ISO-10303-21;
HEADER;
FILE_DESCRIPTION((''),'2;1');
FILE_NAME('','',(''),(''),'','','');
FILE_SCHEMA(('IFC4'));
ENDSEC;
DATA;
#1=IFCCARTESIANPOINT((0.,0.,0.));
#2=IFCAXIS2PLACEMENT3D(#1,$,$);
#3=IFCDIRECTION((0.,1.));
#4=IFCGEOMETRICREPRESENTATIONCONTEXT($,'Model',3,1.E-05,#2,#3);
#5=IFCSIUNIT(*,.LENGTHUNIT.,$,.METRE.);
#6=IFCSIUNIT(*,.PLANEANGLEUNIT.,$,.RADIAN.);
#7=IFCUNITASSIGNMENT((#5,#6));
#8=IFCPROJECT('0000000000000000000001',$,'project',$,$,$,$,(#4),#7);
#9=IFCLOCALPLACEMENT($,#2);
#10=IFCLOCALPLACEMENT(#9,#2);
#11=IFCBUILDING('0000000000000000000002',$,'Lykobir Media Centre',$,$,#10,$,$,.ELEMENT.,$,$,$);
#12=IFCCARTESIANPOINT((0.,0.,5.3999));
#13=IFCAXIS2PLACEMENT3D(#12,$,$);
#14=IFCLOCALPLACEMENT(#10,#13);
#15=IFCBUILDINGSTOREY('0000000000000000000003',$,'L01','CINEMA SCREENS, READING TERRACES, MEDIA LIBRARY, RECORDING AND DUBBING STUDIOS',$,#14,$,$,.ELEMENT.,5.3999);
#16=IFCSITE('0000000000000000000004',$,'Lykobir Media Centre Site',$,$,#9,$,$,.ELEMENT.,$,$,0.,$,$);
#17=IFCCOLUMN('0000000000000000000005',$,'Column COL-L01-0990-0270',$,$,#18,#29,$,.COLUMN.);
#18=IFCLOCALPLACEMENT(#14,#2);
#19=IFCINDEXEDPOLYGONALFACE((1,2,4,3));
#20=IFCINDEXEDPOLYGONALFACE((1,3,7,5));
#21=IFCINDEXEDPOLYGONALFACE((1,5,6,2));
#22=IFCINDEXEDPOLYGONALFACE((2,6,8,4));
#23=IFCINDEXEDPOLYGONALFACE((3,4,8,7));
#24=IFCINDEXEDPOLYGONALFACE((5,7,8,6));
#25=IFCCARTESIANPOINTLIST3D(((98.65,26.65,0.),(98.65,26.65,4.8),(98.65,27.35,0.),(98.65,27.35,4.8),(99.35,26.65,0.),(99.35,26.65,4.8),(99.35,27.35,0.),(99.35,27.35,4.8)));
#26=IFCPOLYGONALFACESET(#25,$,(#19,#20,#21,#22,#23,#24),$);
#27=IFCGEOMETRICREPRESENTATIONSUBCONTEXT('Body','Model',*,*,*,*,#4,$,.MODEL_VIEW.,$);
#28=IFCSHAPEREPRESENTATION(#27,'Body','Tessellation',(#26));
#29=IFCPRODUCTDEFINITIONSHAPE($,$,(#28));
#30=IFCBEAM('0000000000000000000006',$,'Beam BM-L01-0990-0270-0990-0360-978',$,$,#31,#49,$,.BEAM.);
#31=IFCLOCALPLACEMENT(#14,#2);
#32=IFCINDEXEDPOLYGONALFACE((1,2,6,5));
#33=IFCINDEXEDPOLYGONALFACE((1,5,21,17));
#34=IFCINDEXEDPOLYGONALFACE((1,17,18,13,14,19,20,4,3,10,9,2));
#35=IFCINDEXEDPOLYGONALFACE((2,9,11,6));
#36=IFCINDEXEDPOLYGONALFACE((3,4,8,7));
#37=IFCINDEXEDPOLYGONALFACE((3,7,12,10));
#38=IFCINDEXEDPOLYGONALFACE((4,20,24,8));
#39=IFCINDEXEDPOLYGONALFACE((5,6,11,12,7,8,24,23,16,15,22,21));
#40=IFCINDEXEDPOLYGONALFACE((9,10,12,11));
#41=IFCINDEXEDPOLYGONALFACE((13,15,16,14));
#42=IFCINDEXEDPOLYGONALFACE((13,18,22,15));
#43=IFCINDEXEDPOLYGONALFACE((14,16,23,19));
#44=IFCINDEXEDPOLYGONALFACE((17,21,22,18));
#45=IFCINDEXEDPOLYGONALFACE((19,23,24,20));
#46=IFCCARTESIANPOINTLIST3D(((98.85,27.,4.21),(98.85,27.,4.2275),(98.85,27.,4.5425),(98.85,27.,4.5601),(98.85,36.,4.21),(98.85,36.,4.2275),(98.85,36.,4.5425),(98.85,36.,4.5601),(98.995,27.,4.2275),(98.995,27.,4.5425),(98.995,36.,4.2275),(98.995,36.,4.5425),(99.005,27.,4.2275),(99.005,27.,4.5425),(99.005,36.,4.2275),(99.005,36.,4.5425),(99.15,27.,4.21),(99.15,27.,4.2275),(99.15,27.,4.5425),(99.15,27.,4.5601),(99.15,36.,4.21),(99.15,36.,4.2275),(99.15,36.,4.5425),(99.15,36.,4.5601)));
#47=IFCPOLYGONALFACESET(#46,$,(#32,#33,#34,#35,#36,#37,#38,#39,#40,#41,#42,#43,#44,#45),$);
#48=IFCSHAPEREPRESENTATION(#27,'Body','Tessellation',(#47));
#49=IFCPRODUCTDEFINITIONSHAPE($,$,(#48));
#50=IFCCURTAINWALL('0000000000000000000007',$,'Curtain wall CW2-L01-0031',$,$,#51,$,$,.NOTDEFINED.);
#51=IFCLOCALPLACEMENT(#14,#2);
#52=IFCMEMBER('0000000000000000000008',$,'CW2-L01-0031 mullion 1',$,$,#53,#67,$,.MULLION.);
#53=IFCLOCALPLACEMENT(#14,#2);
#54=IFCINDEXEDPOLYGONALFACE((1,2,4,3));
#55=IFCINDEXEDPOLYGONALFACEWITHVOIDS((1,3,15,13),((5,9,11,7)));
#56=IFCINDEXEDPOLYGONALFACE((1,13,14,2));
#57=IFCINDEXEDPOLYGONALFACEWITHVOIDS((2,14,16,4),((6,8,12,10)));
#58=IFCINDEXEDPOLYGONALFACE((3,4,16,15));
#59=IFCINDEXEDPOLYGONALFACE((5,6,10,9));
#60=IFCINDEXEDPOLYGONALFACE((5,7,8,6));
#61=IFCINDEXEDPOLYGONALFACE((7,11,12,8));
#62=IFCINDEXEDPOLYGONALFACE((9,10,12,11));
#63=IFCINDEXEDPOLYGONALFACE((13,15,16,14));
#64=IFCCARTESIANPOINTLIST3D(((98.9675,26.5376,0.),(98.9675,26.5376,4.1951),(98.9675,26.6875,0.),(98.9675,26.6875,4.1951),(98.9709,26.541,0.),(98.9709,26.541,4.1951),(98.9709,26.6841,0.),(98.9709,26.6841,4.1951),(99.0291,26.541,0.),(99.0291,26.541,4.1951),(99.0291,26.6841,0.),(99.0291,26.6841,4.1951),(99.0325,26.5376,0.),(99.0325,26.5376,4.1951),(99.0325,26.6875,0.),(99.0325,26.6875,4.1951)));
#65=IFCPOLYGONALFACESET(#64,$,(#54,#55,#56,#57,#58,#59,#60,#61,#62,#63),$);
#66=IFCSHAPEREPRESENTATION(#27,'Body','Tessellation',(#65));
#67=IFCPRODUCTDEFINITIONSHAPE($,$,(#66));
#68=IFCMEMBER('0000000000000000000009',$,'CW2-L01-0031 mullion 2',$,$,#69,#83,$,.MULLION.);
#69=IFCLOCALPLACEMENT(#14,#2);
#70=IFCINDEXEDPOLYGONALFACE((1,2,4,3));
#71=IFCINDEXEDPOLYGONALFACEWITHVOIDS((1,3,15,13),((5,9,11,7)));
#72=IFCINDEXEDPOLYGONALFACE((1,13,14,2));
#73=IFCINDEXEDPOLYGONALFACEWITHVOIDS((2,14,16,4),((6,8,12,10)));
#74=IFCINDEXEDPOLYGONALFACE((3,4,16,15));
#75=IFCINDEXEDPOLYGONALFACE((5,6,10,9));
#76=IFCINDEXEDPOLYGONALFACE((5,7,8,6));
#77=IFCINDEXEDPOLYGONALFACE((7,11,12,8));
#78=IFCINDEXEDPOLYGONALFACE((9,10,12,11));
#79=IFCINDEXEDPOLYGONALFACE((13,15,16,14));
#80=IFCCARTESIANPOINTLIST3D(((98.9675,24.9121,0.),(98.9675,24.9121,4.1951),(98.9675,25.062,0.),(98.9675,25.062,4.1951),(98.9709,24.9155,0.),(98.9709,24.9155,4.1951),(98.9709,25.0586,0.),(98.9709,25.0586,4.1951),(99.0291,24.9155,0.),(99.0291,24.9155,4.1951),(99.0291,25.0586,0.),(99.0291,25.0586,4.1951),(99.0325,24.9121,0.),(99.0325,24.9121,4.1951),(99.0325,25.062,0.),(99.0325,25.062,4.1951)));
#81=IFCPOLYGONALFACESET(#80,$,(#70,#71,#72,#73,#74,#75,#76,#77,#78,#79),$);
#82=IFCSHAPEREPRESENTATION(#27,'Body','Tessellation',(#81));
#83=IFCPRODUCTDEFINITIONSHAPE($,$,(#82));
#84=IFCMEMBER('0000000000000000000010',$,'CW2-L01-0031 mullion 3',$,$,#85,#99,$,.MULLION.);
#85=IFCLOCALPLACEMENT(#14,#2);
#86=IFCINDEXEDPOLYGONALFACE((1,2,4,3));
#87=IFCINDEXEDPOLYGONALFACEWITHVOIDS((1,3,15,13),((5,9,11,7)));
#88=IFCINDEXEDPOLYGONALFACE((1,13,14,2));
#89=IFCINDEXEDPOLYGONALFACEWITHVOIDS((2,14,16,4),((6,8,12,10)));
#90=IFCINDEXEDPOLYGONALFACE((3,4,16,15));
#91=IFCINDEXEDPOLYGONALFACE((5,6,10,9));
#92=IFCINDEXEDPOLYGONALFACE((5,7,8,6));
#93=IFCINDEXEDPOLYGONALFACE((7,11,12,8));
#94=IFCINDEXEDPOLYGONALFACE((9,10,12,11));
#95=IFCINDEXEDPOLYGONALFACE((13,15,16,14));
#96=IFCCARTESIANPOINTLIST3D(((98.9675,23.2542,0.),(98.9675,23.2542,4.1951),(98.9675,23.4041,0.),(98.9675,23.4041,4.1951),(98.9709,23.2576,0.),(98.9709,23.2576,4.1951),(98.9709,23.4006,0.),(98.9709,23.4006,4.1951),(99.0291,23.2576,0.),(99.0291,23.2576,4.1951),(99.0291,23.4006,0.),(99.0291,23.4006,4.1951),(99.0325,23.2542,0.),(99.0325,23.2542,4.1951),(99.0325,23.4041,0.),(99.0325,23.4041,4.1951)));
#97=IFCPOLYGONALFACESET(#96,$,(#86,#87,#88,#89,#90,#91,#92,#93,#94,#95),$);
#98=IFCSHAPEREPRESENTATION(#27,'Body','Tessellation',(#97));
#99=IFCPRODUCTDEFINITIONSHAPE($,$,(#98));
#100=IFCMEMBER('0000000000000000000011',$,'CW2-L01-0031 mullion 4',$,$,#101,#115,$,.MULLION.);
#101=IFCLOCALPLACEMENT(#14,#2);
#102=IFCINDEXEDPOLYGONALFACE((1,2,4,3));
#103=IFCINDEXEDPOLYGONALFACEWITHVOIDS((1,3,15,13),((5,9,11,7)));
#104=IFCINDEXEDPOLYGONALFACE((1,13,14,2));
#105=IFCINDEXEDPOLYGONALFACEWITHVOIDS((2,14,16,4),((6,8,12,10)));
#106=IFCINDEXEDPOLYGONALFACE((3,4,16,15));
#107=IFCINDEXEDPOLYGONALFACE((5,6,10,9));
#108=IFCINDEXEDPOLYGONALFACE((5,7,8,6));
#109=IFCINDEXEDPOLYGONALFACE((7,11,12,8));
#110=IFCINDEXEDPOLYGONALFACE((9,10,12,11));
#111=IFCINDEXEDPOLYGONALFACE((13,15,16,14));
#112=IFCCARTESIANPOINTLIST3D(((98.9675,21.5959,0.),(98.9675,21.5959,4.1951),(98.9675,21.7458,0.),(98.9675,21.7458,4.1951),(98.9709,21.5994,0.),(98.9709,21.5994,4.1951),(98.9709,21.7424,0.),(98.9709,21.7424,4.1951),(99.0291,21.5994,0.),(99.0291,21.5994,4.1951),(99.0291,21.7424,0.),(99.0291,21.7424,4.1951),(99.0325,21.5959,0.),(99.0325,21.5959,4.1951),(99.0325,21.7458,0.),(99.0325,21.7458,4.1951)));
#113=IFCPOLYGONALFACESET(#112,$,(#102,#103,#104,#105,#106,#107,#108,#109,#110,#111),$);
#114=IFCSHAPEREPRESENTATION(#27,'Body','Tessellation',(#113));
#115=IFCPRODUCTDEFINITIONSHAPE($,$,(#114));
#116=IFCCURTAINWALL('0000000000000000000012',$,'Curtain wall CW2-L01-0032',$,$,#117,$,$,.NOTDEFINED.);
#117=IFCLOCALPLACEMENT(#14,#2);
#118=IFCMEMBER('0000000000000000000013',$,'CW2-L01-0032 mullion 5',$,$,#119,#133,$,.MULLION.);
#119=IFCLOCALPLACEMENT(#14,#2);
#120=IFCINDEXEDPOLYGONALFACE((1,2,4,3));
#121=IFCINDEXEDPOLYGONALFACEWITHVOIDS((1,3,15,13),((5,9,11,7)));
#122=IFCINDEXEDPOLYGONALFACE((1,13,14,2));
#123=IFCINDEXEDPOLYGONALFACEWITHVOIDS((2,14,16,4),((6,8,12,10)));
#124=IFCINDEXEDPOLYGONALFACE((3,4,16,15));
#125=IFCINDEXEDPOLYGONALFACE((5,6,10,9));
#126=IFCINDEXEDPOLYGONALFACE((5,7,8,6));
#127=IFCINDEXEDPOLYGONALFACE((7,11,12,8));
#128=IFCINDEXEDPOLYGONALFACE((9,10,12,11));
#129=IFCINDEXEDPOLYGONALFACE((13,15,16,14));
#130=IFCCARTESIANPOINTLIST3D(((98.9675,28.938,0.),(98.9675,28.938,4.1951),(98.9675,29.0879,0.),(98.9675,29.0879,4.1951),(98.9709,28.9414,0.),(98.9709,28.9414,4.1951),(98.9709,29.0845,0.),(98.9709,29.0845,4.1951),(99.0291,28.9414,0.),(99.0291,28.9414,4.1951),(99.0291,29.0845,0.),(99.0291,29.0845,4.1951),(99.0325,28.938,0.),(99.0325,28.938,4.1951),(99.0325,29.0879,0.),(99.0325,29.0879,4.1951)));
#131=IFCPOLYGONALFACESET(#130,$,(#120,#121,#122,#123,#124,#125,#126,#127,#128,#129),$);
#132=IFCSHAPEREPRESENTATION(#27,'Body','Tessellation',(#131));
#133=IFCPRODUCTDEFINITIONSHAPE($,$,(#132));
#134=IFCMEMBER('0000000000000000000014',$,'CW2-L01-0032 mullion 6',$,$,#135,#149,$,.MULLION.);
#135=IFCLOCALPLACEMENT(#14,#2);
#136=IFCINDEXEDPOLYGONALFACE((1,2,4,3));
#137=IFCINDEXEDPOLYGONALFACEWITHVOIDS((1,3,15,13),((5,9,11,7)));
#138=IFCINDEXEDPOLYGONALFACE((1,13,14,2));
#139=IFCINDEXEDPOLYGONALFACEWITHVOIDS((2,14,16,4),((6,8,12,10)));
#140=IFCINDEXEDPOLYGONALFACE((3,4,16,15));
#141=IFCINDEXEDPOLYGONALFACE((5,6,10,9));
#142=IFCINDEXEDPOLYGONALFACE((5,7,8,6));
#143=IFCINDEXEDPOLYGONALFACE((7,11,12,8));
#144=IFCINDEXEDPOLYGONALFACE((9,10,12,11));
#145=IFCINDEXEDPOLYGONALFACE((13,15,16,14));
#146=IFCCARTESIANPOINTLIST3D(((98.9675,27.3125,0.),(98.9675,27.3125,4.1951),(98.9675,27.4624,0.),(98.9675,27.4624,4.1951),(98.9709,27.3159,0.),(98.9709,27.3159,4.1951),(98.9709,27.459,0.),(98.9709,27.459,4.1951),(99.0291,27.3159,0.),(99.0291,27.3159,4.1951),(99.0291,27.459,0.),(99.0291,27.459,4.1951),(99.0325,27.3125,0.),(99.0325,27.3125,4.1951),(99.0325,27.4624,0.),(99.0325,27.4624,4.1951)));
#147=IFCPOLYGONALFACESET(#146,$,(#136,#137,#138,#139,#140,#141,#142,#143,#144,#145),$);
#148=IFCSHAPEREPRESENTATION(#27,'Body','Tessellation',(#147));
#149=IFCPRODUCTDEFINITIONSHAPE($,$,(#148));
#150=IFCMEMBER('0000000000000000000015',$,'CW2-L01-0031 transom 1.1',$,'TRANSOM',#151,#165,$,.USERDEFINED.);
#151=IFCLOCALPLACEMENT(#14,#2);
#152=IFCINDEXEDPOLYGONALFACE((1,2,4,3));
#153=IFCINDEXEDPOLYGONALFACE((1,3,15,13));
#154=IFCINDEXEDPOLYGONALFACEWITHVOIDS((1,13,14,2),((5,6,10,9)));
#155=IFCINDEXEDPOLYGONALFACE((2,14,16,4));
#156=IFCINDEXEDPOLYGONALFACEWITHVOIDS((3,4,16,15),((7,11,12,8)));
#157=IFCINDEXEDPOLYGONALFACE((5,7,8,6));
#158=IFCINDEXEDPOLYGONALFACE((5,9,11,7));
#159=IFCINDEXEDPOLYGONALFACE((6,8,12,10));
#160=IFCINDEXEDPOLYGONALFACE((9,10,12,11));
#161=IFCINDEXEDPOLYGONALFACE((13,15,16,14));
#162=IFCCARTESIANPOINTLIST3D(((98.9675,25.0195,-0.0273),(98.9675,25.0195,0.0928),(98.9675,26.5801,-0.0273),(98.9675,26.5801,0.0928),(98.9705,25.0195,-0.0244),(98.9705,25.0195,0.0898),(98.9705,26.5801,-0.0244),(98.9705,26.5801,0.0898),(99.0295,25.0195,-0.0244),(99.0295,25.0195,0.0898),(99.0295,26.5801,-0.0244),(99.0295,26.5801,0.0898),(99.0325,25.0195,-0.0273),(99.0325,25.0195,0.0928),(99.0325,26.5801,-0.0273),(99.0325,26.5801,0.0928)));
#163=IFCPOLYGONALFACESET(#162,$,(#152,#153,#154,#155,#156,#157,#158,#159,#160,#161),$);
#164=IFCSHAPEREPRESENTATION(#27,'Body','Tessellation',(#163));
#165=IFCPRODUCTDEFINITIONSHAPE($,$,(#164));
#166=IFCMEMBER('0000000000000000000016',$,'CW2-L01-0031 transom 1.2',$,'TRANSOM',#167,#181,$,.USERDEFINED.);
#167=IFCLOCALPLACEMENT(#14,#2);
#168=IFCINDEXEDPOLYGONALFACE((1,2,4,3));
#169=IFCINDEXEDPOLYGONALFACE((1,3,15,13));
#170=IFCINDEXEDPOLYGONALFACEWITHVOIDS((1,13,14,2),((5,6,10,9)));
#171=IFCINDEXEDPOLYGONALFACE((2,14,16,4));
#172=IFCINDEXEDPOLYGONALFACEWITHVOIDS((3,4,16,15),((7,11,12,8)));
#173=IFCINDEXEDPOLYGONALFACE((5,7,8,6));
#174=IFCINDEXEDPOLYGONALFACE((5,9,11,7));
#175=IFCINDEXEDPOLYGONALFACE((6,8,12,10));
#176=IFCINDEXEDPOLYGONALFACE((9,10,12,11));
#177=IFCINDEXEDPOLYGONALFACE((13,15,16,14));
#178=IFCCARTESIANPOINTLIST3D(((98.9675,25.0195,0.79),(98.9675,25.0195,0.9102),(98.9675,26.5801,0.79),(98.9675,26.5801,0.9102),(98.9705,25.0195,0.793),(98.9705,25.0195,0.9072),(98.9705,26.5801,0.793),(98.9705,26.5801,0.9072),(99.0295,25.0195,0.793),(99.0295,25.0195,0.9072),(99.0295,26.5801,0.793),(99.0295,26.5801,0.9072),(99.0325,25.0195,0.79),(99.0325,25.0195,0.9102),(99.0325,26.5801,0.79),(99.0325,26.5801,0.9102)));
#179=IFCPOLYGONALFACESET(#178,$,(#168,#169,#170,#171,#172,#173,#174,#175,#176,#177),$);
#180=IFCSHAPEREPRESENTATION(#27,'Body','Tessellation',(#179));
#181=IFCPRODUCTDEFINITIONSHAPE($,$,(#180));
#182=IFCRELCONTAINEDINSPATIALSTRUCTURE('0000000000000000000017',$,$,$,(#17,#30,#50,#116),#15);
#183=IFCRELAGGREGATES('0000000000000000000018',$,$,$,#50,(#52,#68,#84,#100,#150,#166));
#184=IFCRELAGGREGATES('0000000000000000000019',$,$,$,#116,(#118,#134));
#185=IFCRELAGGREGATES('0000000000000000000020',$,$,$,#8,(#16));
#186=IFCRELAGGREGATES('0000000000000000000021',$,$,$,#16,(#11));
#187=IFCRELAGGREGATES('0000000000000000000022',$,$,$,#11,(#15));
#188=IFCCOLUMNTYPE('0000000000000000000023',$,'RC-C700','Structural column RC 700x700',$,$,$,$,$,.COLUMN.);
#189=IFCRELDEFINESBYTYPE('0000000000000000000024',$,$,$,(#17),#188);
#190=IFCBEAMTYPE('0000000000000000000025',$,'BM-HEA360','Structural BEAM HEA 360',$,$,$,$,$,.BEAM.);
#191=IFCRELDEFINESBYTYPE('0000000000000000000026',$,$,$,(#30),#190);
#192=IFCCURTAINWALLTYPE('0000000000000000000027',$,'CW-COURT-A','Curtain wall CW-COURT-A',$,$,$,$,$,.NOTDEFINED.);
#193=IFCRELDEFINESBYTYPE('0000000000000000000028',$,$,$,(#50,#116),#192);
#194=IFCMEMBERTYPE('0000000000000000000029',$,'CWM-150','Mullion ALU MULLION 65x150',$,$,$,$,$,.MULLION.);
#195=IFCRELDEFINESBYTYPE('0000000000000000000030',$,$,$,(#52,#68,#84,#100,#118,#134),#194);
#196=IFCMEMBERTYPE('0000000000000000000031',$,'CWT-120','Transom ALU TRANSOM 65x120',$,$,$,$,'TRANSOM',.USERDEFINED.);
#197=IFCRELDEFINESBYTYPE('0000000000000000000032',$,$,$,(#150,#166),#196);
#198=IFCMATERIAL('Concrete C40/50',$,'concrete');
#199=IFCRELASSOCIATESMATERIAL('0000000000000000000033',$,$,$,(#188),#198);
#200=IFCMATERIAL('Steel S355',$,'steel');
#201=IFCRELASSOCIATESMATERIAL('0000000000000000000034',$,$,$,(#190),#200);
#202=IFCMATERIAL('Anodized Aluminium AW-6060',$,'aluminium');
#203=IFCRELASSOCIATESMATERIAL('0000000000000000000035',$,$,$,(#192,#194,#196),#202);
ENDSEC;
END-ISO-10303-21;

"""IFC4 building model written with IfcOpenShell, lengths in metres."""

from ifc_helpers import new_model, si_unit, direction, frame, origin, origin_2d, place, context, subcontext, project, spatial, rectangle, hollow_rectangle, i_section, extrude, material, material_profile, profile_set, type_object, element, aggregate, save


model = new_model("IFC4")

# Units and contexts
model_context = context("Model", 3, precision=1e-05, world=origin(), true_north=direction((0.0, 1.0)))
body_context = subcontext(model_context, "Body", "Model", "MODEL_VIEW")
ifc_project = project(units=[si_unit("LENGTHUNIT", "METRE"), si_unit("PLANEANGLEUNIT", "RADIAN")], contexts=[model_context])

# Site, building, storey
site_placement = place(None, origin())
site = spatial("IfcSite", under=ifc_project, at=site_placement, Name="Lykobir Media Centre Site", CompositionType="ELEMENT", RefElevation=0.0)
building_placement = place(site_placement, origin())
building = spatial("IfcBuilding", under=site, at=building_placement, Name="Lykobir Media Centre", CompositionType="ELEMENT")
storey_placement = place(building_placement, frame((0.0, 0.0, 5.3999)))
storey = spatial("IfcBuildingStorey", under=building, at=storey_placement, Name="L01", Description="CINEMA SCREENS, READING TERRACES, MEDIA LIBRARY, RECORDING AND DUBBING STUDIOS", CompositionType="ELEMENT", Elevation=5.3999)

# Column
ifc_material_1 = material(Name="Concrete C40/50", Category="concrete")
ifc_material_profile_1 = material_profile(ifc_material_1, rectangle(XDim=0.7, YDim=0.7, at=origin_2d()), Name="RC 700x700")
ifc_profile_set_1 = profile_set([ifc_material_profile_1], Name="Concrete C40/50")
column_type = type_object("IfcColumnType", Name="RC-C700", Description="Structural column RC 700x700", PredefinedType="COLUMN", material=ifc_profile_set_1)
column_placement = place(storey_placement, frame((99.0, 27.0, 0.0), z_axis=(0.0, 0.0, 1.0), x_axis=(1.0, 0.0, 0.0)))
element("IfcColumn", 1, at=column_placement, inside=storey, type_object=column_type, Name="Column COL-L01-0990-0270", PredefinedType="COLUMN", context=body_context, shape_type="SweptSolid", body=[
    extrude(rectangle(XDim=0.7, YDim=0.7, at=origin_2d()), origin(), (0.0, 0.0, 1.0), 4.8),
])

# Beam
ifc_material_2 = material(Name="Steel S355", Category="steel")
ifc_material_profile_2 = material_profile(ifc_material_2, i_section(OverallWidth=0.3, OverallDepth=0.3501, WebThickness=0.01, FlangeThickness=0.0176, at=origin_2d()), Name="HEA 360")
ifc_profile_set_2 = profile_set([ifc_material_profile_2], Name="Steel S355")
beam_type_1 = type_object("IfcBeamType", Name="BM-HEA360", Description="Structural BEAM HEA 360", PredefinedType="BEAM", material=ifc_profile_set_2)
beam_placement = place(storey_placement, frame((99.0, 27.0, 4.385), z_axis=(0.0, 1.0, 0.0), x_axis=(-1.0, 0.0, 0.0)))
element("IfcBeam", 2, at=beam_placement, inside=storey, type_object=beam_type_1, Name="Beam BM-L01-0990-0270-0990-0360-978", PredefinedType="BEAM", context=body_context, shape_type="SweptSolid", body=[
    extrude(i_section(OverallWidth=0.3, OverallDepth=0.3501, WebThickness=0.01, FlangeThickness=0.0176, at=origin_2d()), origin(), (0.0, 0.0, 1.0), 9.0),
])

# Curtain walls, members
ifc_material_3 = material(Name="Anodized Aluminium AW-6060", Category="aluminium")
curtain_wall_type = type_object("IfcCurtainWallType", Name="CW-COURT-A", Description="Curtain wall CW-COURT-A", PredefinedType="NOTDEFINED", material=ifc_material_3)
curtain_wall_1_placement = place(storey_placement, origin())
curtain_wall_1 = element("IfcCurtainWall", 3, at=curtain_wall_1_placement, inside=storey, type_object=curtain_wall_type, Name="Curtain wall CW2-L01-0031", PredefinedType="NOTDEFINED")
ifc_material_profile_3 = material_profile(ifc_material_3, hollow_rectangle(XDim=0.0649, YDim=0.1499, WallThickness=0.0034, at=origin_2d()), Name="ALU MULLION 65x150")
ifc_profile_set_3 = profile_set([ifc_material_profile_3], Name="Anodized Aluminium AW-6060")
member_type_1 = type_object("IfcMemberType", Name="CWM-150", Description="Mullion ALU MULLION 65x150", PredefinedType="MULLION", material=ifc_profile_set_3)
member_1_placement = place(storey_placement, frame((99.0, 26.6125, 0.0), z_axis=(0.0, 0.0, 1.0), x_axis=(1.0, 0.0, 0.0)))
member_1 = element("IfcMember", 4, at=member_1_placement, type_object=member_type_1, Name="CW2-L01-0031 mullion 1", PredefinedType="MULLION", context=body_context, shape_type="SweptSolid", body=[
    extrude(hollow_rectangle(XDim=0.0649, YDim=0.1499, WallThickness=0.0034, at=origin_2d()), origin(), (0.0, 0.0, 1.0), 4.1951),
])
member_2_placement = place(storey_placement, frame((99.0, 24.9871, 0.0), z_axis=(0.0, 0.0, 1.0), x_axis=(1.0, 0.0, 0.0)))
member_2 = element("IfcMember", 5, at=member_2_placement, type_object=member_type_1, Name="CW2-L01-0031 mullion 2", PredefinedType="MULLION", context=body_context, shape_type="SweptSolid", body=[
    extrude(hollow_rectangle(XDim=0.0649, YDim=0.1499, WallThickness=0.0034, at=origin_2d()), origin(), (0.0, 0.0, 1.0), 4.1951),
])
member_3_placement = place(storey_placement, frame((99.0, 23.3291, 0.0), z_axis=(0.0, 0.0, 1.0), x_axis=(1.0, 0.0, 0.0)))
member_3 = element("IfcMember", 6, at=member_3_placement, type_object=member_type_1, Name="CW2-L01-0031 mullion 3", PredefinedType="MULLION", context=body_context, shape_type="SweptSolid", body=[
    extrude(hollow_rectangle(XDim=0.0649, YDim=0.1499, WallThickness=0.0034, at=origin_2d()), origin(), (0.0, 0.0, 1.0), 4.1951),
])
member_4_placement = place(storey_placement, frame((99.0, 21.6709, 0.0), z_axis=(0.0, 0.0, 1.0), x_axis=(1.0, 0.0, 0.0)))
member_4 = element("IfcMember", 7, at=member_4_placement, type_object=member_type_1, Name="CW2-L01-0031 mullion 4", PredefinedType="MULLION", context=body_context, shape_type="SweptSolid", body=[
    extrude(hollow_rectangle(XDim=0.0649, YDim=0.1499, WallThickness=0.0034, at=origin_2d()), origin(), (0.0, 0.0, 1.0), 4.1951),
])
curtain_wall_2_placement = place(storey_placement, origin())
curtain_wall_2 = element("IfcCurtainWall", 8, at=curtain_wall_2_placement, inside=storey, type_object=curtain_wall_type, Name="Curtain wall CW2-L01-0032", PredefinedType="NOTDEFINED")
member_5_placement = place(storey_placement, frame((99.0, 29.0129, 0.0), z_axis=(0.0, 0.0, 1.0), x_axis=(1.0, 0.0, 0.0)))
member_5 = element("IfcMember", 9, at=member_5_placement, type_object=member_type_1, Name="CW2-L01-0032 mullion 5", PredefinedType="MULLION", context=body_context, shape_type="SweptSolid", body=[
    extrude(hollow_rectangle(XDim=0.0649, YDim=0.1499, WallThickness=0.0034, at=origin_2d()), origin(), (0.0, 0.0, 1.0), 4.1951),
])
member_6_placement = place(storey_placement, frame((99.0, 27.3875, 0.0), z_axis=(0.0, 0.0, 1.0), x_axis=(1.0, 0.0, 0.0)))
member_6 = element("IfcMember", 10, at=member_6_placement, type_object=member_type_1, Name="CW2-L01-0032 mullion 6", PredefinedType="MULLION", context=body_context, shape_type="SweptSolid", body=[
    extrude(hollow_rectangle(XDim=0.0649, YDim=0.1499, WallThickness=0.0034, at=origin_2d()), origin(), (0.0, 0.0, 1.0), 4.1951),
])

# Members
ifc_material_profile_4 = material_profile(ifc_material_3, hollow_rectangle(XDim=0.0649, YDim=0.1201, WallThickness=0.0029, at=origin_2d()), Name="ALU TRANSOM 65x120")
ifc_profile_set_4 = profile_set([ifc_material_profile_4], Name="Anodized Aluminium AW-6060")
member_type_2 = type_object("IfcMemberType", Name="CWT-120", Description="Transom ALU TRANSOM 65x120", ElementType="TRANSOM", PredefinedType="USERDEFINED", material=ifc_profile_set_4)
member_7_placement = place(storey_placement, frame((99.0, 26.5801, 0.0327), z_axis=(0.0, -1.0, 0.0), x_axis=(1.0, 0.0, 0.0)))
member_7 = element("IfcMember", 11, at=member_7_placement, type_object=member_type_2, Name="CW2-L01-0031 transom 1.1", ObjectType="TRANSOM", PredefinedType="USERDEFINED", context=body_context, shape_type="SweptSolid", body=[
    extrude(hollow_rectangle(XDim=0.0649, YDim=0.1201, WallThickness=0.0029, at=origin_2d()), origin(), (0.0, 0.0, 1.0), 1.5605),
])
member_8_placement = place(storey_placement, frame((99.0, 26.5801, 0.8501), z_axis=(0.0, -1.0, 0.0), x_axis=(1.0, 0.0, 0.0)))
member_8 = element("IfcMember", 12, at=member_8_placement, type_object=member_type_2, Name="CW2-L01-0031 transom 1.2", ObjectType="TRANSOM", PredefinedType="USERDEFINED", context=body_context, shape_type="SweptSolid", body=[
    extrude(hollow_rectangle(XDim=0.0649, YDim=0.1201, WallThickness=0.0029, at=origin_2d()), origin(), (0.0, 0.0, 1.0), 1.5605),
])

aggregate(curtain_wall_1, [member_1, member_2, member_3, member_4, member_7, member_8])
aggregate(curtain_wall_2, [member_5, member_6])

save(model, "model.ifc")
